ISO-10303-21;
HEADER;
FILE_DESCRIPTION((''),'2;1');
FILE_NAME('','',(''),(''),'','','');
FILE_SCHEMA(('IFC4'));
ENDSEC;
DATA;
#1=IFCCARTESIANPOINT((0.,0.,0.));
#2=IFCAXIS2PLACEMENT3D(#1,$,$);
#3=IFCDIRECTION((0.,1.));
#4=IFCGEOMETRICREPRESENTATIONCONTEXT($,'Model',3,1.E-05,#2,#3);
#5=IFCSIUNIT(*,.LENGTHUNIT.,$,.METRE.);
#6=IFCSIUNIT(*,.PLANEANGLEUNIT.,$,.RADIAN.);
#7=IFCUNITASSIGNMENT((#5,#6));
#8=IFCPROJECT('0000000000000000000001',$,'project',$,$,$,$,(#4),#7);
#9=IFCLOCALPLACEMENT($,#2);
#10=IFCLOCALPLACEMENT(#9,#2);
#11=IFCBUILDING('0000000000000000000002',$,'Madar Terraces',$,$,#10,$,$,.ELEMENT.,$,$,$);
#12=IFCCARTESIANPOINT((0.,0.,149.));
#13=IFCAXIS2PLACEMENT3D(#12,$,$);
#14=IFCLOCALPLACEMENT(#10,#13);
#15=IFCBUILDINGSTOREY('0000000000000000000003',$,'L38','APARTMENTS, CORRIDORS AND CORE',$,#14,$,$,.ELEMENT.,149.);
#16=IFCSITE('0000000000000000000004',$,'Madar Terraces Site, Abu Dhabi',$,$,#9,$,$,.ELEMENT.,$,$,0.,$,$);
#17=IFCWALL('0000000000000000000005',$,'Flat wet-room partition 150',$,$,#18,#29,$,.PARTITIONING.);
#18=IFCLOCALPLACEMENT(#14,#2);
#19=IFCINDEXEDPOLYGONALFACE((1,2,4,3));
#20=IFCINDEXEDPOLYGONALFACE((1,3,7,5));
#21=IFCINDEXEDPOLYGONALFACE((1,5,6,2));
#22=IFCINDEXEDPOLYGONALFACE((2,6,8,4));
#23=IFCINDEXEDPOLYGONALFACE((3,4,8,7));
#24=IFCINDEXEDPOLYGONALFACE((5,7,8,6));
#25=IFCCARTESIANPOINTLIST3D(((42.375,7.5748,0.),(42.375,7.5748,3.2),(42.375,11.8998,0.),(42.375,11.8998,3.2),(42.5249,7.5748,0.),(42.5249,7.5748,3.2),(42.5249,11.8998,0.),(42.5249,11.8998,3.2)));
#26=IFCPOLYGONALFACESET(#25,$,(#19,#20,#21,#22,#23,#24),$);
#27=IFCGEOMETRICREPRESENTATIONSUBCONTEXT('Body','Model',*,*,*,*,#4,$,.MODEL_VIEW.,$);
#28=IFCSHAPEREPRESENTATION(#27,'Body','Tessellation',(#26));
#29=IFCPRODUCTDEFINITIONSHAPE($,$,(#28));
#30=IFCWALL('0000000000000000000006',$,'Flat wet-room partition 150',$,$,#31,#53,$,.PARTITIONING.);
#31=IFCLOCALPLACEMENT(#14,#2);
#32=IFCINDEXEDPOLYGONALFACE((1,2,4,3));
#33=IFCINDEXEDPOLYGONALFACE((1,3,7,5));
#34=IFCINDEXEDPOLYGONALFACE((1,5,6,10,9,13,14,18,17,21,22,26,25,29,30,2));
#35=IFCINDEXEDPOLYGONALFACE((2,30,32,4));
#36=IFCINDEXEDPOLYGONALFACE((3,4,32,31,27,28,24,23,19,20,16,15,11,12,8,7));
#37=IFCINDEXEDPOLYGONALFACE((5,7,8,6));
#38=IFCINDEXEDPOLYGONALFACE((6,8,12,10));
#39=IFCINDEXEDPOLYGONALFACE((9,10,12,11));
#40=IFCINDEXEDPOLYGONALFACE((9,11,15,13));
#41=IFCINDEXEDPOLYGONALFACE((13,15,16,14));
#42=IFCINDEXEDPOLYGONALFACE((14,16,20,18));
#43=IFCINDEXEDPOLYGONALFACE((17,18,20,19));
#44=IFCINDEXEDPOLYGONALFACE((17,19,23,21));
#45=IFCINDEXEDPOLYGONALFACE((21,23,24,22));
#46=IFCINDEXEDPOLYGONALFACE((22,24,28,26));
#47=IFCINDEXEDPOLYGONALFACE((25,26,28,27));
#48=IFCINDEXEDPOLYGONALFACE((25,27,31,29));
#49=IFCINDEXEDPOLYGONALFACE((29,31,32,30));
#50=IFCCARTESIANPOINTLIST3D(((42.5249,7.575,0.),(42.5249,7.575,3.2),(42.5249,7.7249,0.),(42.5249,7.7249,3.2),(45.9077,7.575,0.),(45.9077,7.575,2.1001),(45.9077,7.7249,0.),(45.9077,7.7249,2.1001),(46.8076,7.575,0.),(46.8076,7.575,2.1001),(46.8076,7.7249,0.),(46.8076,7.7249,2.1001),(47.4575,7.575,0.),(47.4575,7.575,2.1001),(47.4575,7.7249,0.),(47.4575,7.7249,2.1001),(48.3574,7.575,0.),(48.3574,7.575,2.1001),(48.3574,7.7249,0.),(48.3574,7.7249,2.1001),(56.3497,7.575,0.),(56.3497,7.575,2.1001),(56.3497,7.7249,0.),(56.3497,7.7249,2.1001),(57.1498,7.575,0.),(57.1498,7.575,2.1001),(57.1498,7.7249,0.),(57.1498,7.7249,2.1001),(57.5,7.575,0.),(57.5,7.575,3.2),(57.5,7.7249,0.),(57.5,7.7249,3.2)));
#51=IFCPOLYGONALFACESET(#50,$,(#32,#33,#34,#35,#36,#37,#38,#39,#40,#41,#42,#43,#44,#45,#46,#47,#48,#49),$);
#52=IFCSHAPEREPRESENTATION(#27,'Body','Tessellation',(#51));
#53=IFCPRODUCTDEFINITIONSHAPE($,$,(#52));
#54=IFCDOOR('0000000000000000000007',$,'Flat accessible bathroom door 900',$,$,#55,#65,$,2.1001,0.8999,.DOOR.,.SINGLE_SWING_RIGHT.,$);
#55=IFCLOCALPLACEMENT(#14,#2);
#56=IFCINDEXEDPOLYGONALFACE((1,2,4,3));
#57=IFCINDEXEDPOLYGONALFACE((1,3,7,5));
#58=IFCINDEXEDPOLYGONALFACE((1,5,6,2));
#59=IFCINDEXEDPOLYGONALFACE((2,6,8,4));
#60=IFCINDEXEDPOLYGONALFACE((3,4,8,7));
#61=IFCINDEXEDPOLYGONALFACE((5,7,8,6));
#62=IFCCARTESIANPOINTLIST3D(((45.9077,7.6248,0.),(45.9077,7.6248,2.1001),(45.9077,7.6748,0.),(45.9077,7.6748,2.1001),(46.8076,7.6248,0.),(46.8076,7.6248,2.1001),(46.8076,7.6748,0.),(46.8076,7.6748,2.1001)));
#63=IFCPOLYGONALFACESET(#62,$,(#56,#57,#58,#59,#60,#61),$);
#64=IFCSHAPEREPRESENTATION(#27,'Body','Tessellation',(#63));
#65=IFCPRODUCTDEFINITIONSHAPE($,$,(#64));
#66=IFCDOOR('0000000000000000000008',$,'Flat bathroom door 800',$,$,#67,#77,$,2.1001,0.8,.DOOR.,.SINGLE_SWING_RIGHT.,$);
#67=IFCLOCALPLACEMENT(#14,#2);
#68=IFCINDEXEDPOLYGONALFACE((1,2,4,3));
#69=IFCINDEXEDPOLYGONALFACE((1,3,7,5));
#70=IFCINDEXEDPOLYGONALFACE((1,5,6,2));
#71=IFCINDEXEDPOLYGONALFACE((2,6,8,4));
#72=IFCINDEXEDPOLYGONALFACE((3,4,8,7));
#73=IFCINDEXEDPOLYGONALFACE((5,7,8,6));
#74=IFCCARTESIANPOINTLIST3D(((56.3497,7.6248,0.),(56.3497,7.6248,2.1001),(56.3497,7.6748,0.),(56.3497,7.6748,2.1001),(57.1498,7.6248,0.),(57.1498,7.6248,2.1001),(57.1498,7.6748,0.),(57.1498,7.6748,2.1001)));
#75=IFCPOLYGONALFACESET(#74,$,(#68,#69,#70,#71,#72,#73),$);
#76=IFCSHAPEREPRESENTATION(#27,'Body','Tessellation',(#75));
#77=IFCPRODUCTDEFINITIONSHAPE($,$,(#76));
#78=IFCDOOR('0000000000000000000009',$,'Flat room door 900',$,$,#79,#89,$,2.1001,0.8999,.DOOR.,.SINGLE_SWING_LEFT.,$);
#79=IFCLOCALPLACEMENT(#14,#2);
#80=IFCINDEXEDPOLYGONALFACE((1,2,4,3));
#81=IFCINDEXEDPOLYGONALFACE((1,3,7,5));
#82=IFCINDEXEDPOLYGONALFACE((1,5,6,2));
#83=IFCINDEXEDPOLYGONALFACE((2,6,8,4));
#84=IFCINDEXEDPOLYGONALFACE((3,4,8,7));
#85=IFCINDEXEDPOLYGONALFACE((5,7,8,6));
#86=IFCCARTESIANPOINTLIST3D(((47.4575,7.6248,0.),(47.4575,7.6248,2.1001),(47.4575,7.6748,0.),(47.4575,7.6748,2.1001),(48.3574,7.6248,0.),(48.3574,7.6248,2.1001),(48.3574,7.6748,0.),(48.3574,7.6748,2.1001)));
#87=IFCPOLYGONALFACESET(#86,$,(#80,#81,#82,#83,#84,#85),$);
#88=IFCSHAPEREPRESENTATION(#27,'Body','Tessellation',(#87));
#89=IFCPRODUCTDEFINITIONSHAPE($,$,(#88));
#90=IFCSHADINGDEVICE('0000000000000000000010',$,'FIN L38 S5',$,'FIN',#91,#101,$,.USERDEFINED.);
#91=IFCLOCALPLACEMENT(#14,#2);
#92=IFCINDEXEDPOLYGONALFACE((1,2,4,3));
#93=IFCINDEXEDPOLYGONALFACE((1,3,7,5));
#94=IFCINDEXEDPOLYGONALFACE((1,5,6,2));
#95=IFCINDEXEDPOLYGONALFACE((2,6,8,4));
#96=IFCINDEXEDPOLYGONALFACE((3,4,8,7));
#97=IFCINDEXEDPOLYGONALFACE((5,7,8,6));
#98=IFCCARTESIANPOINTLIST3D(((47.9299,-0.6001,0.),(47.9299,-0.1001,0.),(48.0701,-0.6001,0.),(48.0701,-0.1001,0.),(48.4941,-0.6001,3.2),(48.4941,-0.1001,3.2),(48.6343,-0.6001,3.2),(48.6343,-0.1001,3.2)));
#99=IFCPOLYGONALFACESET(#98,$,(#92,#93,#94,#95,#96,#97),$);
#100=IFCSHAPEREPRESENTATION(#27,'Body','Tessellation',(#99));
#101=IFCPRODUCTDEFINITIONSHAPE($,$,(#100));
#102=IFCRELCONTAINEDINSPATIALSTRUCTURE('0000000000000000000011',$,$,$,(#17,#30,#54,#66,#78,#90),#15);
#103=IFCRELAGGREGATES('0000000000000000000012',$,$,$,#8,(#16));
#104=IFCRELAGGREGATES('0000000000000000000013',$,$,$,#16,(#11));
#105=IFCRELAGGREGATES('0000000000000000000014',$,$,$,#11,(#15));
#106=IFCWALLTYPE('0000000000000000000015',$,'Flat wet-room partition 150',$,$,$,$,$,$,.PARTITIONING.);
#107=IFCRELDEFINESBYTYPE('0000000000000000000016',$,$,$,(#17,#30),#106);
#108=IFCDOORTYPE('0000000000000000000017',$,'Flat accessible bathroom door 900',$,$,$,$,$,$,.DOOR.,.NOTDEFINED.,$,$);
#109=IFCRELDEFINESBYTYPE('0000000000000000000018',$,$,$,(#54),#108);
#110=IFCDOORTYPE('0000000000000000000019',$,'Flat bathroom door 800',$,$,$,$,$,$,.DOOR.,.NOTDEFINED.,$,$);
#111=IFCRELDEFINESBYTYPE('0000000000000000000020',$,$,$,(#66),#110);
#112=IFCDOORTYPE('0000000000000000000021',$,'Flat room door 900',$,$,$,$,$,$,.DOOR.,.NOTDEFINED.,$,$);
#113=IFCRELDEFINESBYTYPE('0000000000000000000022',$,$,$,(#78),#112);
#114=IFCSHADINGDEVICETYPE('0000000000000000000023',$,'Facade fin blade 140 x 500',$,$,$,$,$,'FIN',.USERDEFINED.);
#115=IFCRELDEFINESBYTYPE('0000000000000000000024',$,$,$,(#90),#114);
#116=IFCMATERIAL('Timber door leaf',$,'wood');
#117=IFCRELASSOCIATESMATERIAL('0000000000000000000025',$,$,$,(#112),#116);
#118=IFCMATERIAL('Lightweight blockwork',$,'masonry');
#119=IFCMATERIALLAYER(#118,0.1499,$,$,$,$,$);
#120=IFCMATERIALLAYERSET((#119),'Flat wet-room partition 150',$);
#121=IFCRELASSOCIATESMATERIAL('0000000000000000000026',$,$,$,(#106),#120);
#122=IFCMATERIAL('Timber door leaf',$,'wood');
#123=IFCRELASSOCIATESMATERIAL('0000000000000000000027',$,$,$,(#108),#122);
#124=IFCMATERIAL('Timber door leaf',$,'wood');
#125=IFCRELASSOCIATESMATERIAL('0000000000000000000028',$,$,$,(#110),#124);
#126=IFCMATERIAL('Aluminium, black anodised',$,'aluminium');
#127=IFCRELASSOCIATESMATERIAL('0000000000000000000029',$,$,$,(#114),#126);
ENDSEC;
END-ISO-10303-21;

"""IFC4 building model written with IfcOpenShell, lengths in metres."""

from ifc_helpers import new_model, si_unit, direction, frame, frame_2d, origin, place, context, subcontext, project, spatial, polyline, rectangle, outline, extrude, material, layer, layer_set, type_object, element, fill, save


model = new_model("IFC4")

# Units and contexts
model_context = context("Model", 3, precision=1e-05, world=origin(), true_north=direction((0.0, 1.0)))
body_context = subcontext(model_context, "Body", "Model", "MODEL_VIEW")
ifc_project = project(units=[si_unit("LENGTHUNIT", "METRE"), si_unit("PLANEANGLEUNIT", "RADIAN")], contexts=[model_context])

# Site, building, storey
site_placement = place(None, origin())
site = spatial("IfcSite", under=ifc_project, at=site_placement, Name="Madar Terraces Site, Abu Dhabi", CompositionType="ELEMENT", RefElevation=0.0)
building_placement = place(site_placement, origin())
building = spatial("IfcBuilding", under=site, at=building_placement, Name="Madar Terraces", CompositionType="ELEMENT")
storey_placement = place(building_placement, frame((0.0, 0.0, 149.0)))
storey = spatial("IfcBuildingStorey", under=building, at=storey_placement, Name="L38", Description="APARTMENTS, CORRIDORS AND CORE", CompositionType="ELEMENT", Elevation=149.0)

# Shared definitions
ifc_material_1 = material(Name="Timber door leaf", Category="wood")
door_type_1 = type_object("IfcDoorType", Name="Flat room door 900", OperationType="NOTDEFINED", PredefinedType="DOOR", material=ifc_material_1)

# Wall
ifc_material_2 = material(Name="Lightweight blockwork", Category="masonry")
ifc_layer_1 = layer(ifc_material_2, 0.1499)
ifc_layer_set_1 = layer_set([ifc_layer_1], Name="Flat wet-room partition 150")
wall_type_1 = type_object("IfcWallType", Name="Flat wet-room partition 150", PredefinedType="PARTITIONING", material=ifc_layer_set_1)
wall_1_placement = place(storey_placement, frame((42.45, 11.8999, 0.0), z_axis=(0.0, 0.0, 1.0), x_axis=(0.0, -1.0, 0.0)))
element("IfcWall", 1, at=wall_1_placement, inside=storey, type_object=wall_type_1, Name="Flat wet-room partition 150", PredefinedType="PARTITIONING", context=body_context, shape_type="SweptSolid", body=[
    extrude(rectangle(XDim=4.325, YDim=0.1499, at=frame_2d((2.1626, 0.0))), origin(), (0.0, 0.0, 1.0), 3.2),
])

# Wall, openings, doors
wall_2_placement = place(storey_placement, frame((42.5249, 7.6499, 0.0), z_axis=(0.0, 0.0, 1.0), x_axis=(1.0, 0.0, 0.0)))
wall_2 = element("IfcWall", 2, at=wall_2_placement, inside=storey, type_object=wall_type_1, Name="Flat wet-room partition 150", PredefinedType="PARTITIONING", context=body_context, shape_type="SweptSolid", body=[
    extrude(rectangle(XDim=14.9751, YDim=0.1499, at=frame_2d((7.4875, 0.0))), origin(), (0.0, 0.0, 1.0), 3.2),
])
opening_1_placement = place(wall_2_placement, frame((3.3828, 0.0, 0.0)))
opening_1 = element("IfcOpeningElement", 3, at=opening_1_placement, cuts=wall_2, PredefinedType="OPENING", context=body_context, shape_type="SweptSolid", body=[
    extrude(rectangle(XDim=0.8999, YDim=2.1001, at=frame_2d((0.45, 1.05))), frame((0.0, 0.085, 0.0), z_axis=(0.0, -1.0, 0.0), x_axis=(1.0, 0.0, 0.0)), (0.0, 0.0, 1.0), 0.1699),
])
opening_2_placement = place(wall_2_placement, frame((4.9326, 0.0, 0.0)))
opening_2 = element("IfcOpeningElement", 4, at=opening_2_placement, cuts=wall_2, PredefinedType="OPENING", context=body_context, shape_type="SweptSolid", body=[
    extrude(rectangle(XDim=0.8999, YDim=2.1001, at=frame_2d((0.45, 1.05))), frame((0.0, 0.085, 0.0), z_axis=(0.0, -1.0, 0.0), x_axis=(1.0, 0.0, 0.0)), (0.0, 0.0, 1.0), 0.1699),
])
opening_3_placement = place(wall_2_placement, frame((13.825, 0.0, 0.0)))
opening_3 = element("IfcOpeningElement", 5, at=opening_3_placement, cuts=wall_2, PredefinedType="OPENING", context=body_context, shape_type="SweptSolid", body=[
    extrude(rectangle(XDim=0.8, YDim=2.1001, at=frame_2d((0.3999, 1.05))), frame((0.0, 0.085, 0.0), z_axis=(0.0, -1.0, 0.0), x_axis=(1.0, 0.0, 0.0)), (0.0, 0.0, 1.0), 0.1699),
])
ifc_material_3 = material(Name="Timber door leaf", Category="wood")
door_type_2 = type_object("IfcDoorType", Name="Flat accessible bathroom door 900", OperationType="NOTDEFINED", PredefinedType="DOOR", material=ifc_material_3)
door_1_placement = place(opening_1_placement, origin())
door_1 = element("IfcDoor", 6, at=door_1_placement, inside=storey, type_object=door_type_2, Name="Flat accessible bathroom door 900", OperationType="SINGLE_SWING_RIGHT", OverallHeight=2.1001, OverallWidth=0.8999, PredefinedType="DOOR", context=body_context, shape_type="SweptSolid", body=[
    extrude(rectangle(XDim=0.8999, YDim=2.1001, at=frame_2d((0.45, 1.05))), frame((0.0, 0.0249, 0.0), z_axis=(0.0, -1.0, 0.0), x_axis=(1.0, 0.0, 0.0)), (0.0, 0.0, 1.0), 0.05),
])
fill(opening_1, door_1)
ifc_material_4 = material(Name="Timber door leaf", Category="wood")
door_type_3 = type_object("IfcDoorType", Name="Flat bathroom door 800", OperationType="NOTDEFINED", PredefinedType="DOOR", material=ifc_material_4)
door_2_placement = place(opening_3_placement, origin())
door_2 = element("IfcDoor", 7, at=door_2_placement, inside=storey, type_object=door_type_3, Name="Flat bathroom door 800", OperationType="SINGLE_SWING_RIGHT", OverallHeight=2.1001, OverallWidth=0.8, PredefinedType="DOOR", context=body_context, shape_type="SweptSolid", body=[
    extrude(rectangle(XDim=0.8, YDim=2.1001, at=frame_2d((0.3999, 1.05))), frame((0.0, 0.0249, 0.0), z_axis=(0.0, -1.0, 0.0), x_axis=(1.0, 0.0, 0.0)), (0.0, 0.0, 1.0), 0.05),
])
fill(opening_3, door_2)
door_3_placement = place(opening_2_placement, origin())
door_3 = element("IfcDoor", 8, at=door_3_placement, inside=storey, type_object=door_type_1, Name="Flat room door 900", OperationType="SINGLE_SWING_LEFT", OverallHeight=2.1001, OverallWidth=0.8999, PredefinedType="DOOR", context=body_context, shape_type="SweptSolid", body=[
    extrude(rectangle(XDim=0.8999, YDim=2.1001, at=frame_2d((0.45, 1.05))), frame((0.0, 0.0249, 0.0), z_axis=(0.0, -1.0, 0.0), x_axis=(1.0, 0.0, 0.0)), (0.0, 0.0, 1.0), 0.05),
])
fill(opening_2, door_3)

# Shading device
ifc_material_5 = material(Name="Aluminium, black anodised", Category="aluminium")
shading_device_type = type_object("IfcShadingDeviceType", Name="Facade fin blade 140 x 500", ElementType="FIN", PredefinedType="USERDEFINED", material=ifc_material_5)
shading_device_placement = place(storey_placement, frame((47.9299, -0.3501, 0.0), z_axis=(0.0, 0.0, 1.0), x_axis=(1.0, 0.0, 0.0)))
element("IfcShadingDevice", 9, at=shading_device_placement, inside=storey, type_object=shading_device_type, Name="FIN L38 S5", ObjectType="FIN", PredefinedType="USERDEFINED", context=body_context, shape_type="SweptSolid", body=[
    extrude(outline(polyline([(0.0, 0.0), (0.1401, 0.0), (0.7043, 3.2), (0.5642, 3.2), (0.0, 0.0)])), frame((0.0, 0.25, 0.0), z_axis=(0.0, -1.0, 0.0), x_axis=(1.0, 0.0, 0.0)), (0.0, 0.0, 1.0), 0.5),
])

save(model, "model.ifc")
